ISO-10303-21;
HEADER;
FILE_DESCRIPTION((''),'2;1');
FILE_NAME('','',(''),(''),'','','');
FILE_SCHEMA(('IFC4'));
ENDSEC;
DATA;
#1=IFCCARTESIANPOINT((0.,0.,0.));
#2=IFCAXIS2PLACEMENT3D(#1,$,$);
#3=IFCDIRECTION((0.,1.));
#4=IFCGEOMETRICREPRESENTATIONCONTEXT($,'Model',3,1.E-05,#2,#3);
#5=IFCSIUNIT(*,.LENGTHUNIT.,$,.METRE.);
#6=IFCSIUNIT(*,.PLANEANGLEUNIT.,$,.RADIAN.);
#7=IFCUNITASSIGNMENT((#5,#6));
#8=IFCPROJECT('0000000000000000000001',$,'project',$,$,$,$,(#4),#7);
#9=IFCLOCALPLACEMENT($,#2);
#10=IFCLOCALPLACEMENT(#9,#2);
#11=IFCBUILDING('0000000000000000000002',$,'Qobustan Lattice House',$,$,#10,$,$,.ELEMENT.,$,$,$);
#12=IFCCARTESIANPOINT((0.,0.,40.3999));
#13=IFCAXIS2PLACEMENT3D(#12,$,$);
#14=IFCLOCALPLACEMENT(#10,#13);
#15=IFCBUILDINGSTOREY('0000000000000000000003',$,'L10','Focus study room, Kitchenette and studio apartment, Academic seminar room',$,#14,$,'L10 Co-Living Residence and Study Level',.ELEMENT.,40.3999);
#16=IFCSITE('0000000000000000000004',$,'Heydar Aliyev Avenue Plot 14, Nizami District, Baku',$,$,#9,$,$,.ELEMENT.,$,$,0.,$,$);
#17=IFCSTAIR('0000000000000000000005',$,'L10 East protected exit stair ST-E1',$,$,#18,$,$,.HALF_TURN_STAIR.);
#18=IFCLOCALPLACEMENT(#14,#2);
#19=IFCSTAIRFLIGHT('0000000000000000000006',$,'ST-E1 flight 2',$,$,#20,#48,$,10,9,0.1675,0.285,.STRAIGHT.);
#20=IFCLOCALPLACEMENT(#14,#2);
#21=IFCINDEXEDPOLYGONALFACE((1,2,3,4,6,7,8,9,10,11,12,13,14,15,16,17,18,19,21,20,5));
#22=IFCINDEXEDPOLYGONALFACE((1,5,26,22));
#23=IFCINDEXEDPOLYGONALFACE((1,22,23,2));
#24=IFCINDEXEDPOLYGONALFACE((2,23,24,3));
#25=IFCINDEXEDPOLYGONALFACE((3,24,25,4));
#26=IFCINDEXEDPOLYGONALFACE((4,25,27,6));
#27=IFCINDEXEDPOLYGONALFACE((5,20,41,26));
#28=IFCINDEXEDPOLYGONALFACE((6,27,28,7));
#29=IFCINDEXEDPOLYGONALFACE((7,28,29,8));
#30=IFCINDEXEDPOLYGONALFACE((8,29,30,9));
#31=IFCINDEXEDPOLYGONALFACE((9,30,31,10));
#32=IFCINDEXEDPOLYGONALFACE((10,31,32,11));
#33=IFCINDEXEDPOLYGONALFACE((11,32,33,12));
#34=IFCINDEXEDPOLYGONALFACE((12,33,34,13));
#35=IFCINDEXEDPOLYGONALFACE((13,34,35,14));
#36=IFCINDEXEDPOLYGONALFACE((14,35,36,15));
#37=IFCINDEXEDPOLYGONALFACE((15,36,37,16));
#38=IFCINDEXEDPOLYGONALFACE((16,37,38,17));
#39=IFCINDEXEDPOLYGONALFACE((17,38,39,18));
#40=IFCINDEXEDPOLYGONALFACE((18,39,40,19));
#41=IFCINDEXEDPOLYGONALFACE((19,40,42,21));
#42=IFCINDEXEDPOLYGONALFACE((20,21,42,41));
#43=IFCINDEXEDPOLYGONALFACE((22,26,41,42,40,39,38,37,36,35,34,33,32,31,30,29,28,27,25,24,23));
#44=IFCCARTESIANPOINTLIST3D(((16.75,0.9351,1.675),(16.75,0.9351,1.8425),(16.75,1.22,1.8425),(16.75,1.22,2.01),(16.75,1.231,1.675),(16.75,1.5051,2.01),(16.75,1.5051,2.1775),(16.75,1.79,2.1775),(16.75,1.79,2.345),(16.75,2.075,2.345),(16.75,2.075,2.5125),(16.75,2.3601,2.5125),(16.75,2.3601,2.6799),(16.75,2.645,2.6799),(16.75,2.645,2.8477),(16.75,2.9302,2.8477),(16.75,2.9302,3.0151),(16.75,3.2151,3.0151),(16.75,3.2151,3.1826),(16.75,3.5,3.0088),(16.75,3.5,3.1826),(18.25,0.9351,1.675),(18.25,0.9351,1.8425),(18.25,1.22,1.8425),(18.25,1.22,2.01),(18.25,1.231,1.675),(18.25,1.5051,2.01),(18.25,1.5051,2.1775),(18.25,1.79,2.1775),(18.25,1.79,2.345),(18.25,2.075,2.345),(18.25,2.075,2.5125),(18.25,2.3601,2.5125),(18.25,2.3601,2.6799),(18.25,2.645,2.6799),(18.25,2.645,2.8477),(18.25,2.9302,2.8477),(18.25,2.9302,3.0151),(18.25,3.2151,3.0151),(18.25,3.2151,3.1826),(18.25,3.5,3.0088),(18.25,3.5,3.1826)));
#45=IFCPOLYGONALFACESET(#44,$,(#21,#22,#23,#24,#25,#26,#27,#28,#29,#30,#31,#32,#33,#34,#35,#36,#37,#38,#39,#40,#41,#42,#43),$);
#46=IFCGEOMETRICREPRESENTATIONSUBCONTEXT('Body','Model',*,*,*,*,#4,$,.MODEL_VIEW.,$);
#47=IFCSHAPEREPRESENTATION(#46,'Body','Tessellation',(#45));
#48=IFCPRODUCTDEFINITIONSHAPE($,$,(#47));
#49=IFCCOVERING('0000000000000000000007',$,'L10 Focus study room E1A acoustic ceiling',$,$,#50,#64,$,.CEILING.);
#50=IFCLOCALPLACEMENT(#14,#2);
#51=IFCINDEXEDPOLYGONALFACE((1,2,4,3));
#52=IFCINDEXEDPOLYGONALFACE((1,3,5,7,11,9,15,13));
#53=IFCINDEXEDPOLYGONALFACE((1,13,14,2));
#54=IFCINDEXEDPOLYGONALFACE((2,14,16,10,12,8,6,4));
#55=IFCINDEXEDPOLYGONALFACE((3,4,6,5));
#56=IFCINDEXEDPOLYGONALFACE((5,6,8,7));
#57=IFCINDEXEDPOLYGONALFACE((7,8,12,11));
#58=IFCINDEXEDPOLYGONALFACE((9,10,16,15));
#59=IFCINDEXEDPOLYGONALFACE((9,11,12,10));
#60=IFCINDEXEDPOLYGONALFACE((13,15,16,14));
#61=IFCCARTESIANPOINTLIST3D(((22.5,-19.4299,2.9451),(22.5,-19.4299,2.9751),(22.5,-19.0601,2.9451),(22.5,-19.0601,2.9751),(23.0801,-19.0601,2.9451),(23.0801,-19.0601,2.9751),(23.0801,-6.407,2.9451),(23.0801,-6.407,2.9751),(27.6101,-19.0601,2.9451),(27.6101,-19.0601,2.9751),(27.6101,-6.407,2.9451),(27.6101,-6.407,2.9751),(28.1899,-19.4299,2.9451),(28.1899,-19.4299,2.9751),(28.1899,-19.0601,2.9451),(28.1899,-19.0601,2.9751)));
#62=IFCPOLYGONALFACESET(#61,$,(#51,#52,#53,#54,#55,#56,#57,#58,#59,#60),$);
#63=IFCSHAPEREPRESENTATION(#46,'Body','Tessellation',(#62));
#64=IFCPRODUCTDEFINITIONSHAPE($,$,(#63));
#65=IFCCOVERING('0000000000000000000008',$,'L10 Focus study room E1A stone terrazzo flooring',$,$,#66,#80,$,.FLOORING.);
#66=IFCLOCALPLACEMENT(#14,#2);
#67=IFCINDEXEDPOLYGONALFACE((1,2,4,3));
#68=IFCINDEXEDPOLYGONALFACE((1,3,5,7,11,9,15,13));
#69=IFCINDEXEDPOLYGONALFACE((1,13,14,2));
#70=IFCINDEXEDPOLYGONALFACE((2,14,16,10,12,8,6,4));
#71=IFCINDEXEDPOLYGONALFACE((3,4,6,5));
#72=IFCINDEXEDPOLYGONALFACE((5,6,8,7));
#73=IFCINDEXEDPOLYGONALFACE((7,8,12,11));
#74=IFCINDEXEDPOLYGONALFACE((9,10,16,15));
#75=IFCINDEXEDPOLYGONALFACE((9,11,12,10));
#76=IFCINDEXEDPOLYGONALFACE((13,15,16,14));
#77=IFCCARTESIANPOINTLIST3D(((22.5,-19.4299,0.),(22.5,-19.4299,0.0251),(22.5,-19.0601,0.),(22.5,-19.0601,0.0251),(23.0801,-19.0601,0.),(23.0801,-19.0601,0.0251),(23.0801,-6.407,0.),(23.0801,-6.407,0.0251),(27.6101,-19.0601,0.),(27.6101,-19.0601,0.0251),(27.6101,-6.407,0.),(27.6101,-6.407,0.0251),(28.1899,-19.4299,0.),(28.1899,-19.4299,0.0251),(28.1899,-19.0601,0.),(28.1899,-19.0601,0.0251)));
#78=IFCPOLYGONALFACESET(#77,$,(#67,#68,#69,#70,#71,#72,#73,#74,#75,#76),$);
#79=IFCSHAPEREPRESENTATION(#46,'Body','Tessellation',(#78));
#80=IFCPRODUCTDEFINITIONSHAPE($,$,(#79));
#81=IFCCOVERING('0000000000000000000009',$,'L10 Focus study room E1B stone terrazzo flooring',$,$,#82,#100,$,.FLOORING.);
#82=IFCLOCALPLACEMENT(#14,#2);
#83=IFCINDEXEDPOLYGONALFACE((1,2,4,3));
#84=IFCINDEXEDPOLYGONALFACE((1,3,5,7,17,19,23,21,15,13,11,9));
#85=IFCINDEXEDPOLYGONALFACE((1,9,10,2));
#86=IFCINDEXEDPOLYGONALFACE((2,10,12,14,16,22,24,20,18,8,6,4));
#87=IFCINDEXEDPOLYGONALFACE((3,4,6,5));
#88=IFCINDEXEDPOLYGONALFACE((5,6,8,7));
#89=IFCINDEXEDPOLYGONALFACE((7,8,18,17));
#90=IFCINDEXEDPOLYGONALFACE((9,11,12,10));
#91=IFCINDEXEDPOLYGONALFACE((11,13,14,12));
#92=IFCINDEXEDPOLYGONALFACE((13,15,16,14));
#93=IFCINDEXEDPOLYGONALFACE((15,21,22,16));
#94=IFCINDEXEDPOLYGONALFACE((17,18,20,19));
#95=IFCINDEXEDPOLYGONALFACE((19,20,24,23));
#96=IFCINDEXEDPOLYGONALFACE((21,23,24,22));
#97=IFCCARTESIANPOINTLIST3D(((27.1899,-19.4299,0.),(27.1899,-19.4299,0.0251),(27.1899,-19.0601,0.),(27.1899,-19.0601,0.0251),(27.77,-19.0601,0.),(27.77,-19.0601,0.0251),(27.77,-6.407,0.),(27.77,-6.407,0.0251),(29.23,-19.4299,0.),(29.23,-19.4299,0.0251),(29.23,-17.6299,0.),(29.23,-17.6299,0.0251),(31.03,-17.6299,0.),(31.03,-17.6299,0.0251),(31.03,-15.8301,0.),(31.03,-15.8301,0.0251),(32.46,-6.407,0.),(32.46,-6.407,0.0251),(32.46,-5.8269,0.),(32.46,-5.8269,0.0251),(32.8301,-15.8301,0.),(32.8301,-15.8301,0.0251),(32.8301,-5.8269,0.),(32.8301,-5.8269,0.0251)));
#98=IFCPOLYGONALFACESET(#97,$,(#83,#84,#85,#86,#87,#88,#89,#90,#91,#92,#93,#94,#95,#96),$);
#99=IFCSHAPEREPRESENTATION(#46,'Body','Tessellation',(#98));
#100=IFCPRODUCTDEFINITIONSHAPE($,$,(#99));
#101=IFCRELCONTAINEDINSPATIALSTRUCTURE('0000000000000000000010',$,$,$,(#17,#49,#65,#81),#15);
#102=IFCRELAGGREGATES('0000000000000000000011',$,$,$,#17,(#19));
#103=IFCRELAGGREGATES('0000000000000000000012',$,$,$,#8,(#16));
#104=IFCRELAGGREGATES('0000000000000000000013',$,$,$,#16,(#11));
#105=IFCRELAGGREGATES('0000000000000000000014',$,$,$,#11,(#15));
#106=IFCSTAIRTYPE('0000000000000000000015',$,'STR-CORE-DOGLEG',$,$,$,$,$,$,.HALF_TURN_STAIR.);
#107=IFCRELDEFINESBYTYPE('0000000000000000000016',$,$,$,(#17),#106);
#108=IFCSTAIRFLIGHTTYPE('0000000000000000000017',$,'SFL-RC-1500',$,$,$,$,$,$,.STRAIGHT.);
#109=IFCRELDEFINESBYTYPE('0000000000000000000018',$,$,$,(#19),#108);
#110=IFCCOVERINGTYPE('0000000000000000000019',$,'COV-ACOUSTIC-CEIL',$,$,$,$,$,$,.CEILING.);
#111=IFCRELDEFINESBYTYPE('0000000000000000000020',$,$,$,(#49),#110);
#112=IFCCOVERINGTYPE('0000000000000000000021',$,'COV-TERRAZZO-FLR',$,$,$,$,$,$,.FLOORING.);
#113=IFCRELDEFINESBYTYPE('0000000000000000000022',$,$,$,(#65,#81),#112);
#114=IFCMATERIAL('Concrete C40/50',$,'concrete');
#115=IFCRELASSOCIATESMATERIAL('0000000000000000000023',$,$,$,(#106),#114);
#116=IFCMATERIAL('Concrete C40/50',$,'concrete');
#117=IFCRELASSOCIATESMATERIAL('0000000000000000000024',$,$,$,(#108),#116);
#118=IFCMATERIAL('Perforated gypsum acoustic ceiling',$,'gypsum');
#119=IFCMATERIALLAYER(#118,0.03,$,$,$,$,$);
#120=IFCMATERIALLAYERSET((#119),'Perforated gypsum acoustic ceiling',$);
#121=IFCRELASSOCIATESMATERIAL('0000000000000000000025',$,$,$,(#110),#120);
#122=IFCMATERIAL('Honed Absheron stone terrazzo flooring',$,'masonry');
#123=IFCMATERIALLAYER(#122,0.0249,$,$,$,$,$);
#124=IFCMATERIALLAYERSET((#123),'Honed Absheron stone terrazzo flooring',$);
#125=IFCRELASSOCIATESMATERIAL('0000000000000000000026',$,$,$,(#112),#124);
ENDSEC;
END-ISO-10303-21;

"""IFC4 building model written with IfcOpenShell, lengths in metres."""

from ifc_helpers import new_model, si_unit, direction, frame, origin, place, context, subcontext, project, spatial, polyline, outline, extrude, material, layer, layer_set, type_object, element, aggregate, save


model = new_model("IFC4")

# Units and contexts
model_context = context("Model", 3, precision=1e-05, world=origin(), true_north=direction((0.0, 1.0)))
body_context = subcontext(model_context, "Body", "Model", "MODEL_VIEW")
ifc_project = project(units=[si_unit("LENGTHUNIT", "METRE"), si_unit("PLANEANGLEUNIT", "RADIAN")], contexts=[model_context])

# Site, building, storey
site_placement = place(None, origin())
site = spatial("IfcSite", under=ifc_project, at=site_placement, Name="Heydar Aliyev Avenue Plot 14, Nizami District, Baku", CompositionType="ELEMENT", RefElevation=0.0)
building_placement = place(site_placement, origin())
building = spatial("IfcBuilding", under=site, at=building_placement, Name="Qobustan Lattice House", CompositionType="ELEMENT")
storey_placement = place(building_placement, frame((0.0, 0.0, 40.3999)))
storey = spatial("IfcBuildingStorey", under=building, at=storey_placement, Name="L10", Description="Focus study room, Kitchenette and studio apartment, Academic seminar room", LongName="L10 Co-Living Residence and Study Level", CompositionType="ELEMENT", Elevation=40.3999)

# Stair
ifc_material_1 = material(Name="Concrete C40/50", Category="concrete")
stair_type = type_object("IfcStairType", Name="STR-CORE-DOGLEG", PredefinedType="HALF_TURN_STAIR", material=ifc_material_1)
stair_1_placement = place(storey_placement, origin())
stair_1 = element("IfcStair", 1, at=stair_1_placement, inside=storey, type_object=stair_type, Name="L10 East protected exit stair ST-E1", PredefinedType="HALF_TURN_STAIR")

# Stair flight
ifc_material_2 = material(Name="Concrete C40/50", Category="concrete")
stair_flight_type = type_object("IfcStairFlightType", Name="SFL-RC-1500", PredefinedType="STRAIGHT", material=ifc_material_2)
stair_flight_1_placement = place(storey_placement, frame((17.5, 0.9351, 1.675), z_axis=(0.0, 0.0, 1.0), x_axis=(0.0, 1.0, 0.0)))
stair_flight_1 = element("IfcStairFlight", 2, at=stair_flight_1_placement, type_object=stair_flight_type, Name="ST-E1 flight 2", NumberOfRisers=10, NumberOfTreads=9, PredefinedType="STRAIGHT", RiserHeight=0.1675, TreadLength=0.285, context=body_context, shape_type="SweptSolid", body=[
    extrude(outline(polyline([(0.0, 0.0), (0.0, 0.1675), (0.2849, 0.1675), (0.2849, 0.335), (0.5701, 0.335), (0.5701, 0.5024), (0.855, 0.5024), (0.855, 0.6699), (1.1399, 0.6699), (1.1399, 0.8374), (1.425, 0.8374), (1.425, 1.0049), (1.71, 1.0049), (1.71, 1.1726), (1.9951, 1.1726), (1.9951, 1.3401), (2.28, 1.3401), (2.28, 1.5076), (2.5649, 1.5076), (2.5649, 1.675), (2.5649, 1.3337), (0.2959, 0.0), (0.0, 0.0)])), frame((0.0, 0.75, 0.0), z_axis=(0.0, -1.0, 0.0), x_axis=(1.0, 0.0, 0.0)), (0.0, 0.0, 1.0), 1.5),
])
aggregate(stair_1, [stair_flight_1])

# Coverings
ifc_material_3 = material(Name="Perforated gypsum acoustic ceiling", Category="gypsum")
ifc_layer_1 = layer(ifc_material_3, 0.03)
ifc_layer_set_1 = layer_set([ifc_layer_1], Name="Perforated gypsum acoustic ceiling")
covering_type_1 = type_object("IfcCoveringType", Name="COV-ACOUSTIC-CEIL", PredefinedType="CEILING", material=ifc_layer_set_1)
covering_1_placement = place(storey_placement, frame((0.0, 0.0, 2.9451)))
element("IfcCovering", 3, at=covering_1_placement, inside=storey, type_object=covering_type_1, Name="L10 Focus study room E1A acoustic ceiling", PredefinedType="CEILING", context=body_context, shape_type="SweptSolid", body=[
    extrude(outline(polyline([(28.1899, -19.0601), (27.6101, -19.0601), (27.6101, -6.407), (23.0801, -6.407), (23.0801, -19.0601), (22.5, -19.0601), (22.5, -19.4299), (28.1899, -19.4299), (28.1899, -19.0601)])), origin(), (0.0, 0.0, 1.0), 0.03),
])
ifc_material_4 = material(Name="Honed Absheron stone terrazzo flooring", Category="masonry")
ifc_layer_2 = layer(ifc_material_4, 0.0249)
ifc_layer_set_2 = layer_set([ifc_layer_2], Name="Honed Absheron stone terrazzo flooring")
covering_type_2 = type_object("IfcCoveringType", Name="COV-TERRAZZO-FLR", PredefinedType="FLOORING", material=ifc_layer_set_2)
covering_2_placement = place(storey_placement, origin())
element("IfcCovering", 4, at=covering_2_placement, inside=storey, type_object=covering_type_2, Name="L10 Focus study room E1A stone terrazzo flooring", PredefinedType="FLOORING", context=body_context, shape_type="SweptSolid", body=[
    extrude(outline(polyline([(28.1899, -19.0601), (27.6101, -19.0601), (27.6101, -6.407), (23.0801, -6.407), (23.0801, -19.0601), (22.5, -19.0601), (22.5, -19.4299), (28.1899, -19.4299), (28.1899, -19.0601)])), origin(), (0.0, 0.0, 1.0), 0.0251),
])
covering_3_placement = place(storey_placement, origin())
element("IfcCovering", 5, at=covering_3_placement, inside=storey, type_object=covering_type_2, Name="L10 Focus study room E1B stone terrazzo flooring", PredefinedType="FLOORING", context=body_context, shape_type="SweptSolid", body=[
    extrude(outline(polyline([(32.8301, -15.8301), (32.8301, -5.8269), (32.46, -5.8269), (32.46, -6.407), (27.77, -6.407), (27.77, -19.0601), (27.1899, -19.0601), (27.1899, -19.4299), (29.23, -19.4299), (29.23, -17.6299), (31.03, -17.6299), (31.03, -15.8301), (32.8301, -15.8301)])), origin(), (0.0, 0.0, 1.0), 0.0251),
])

save(model, "model.ifc")
